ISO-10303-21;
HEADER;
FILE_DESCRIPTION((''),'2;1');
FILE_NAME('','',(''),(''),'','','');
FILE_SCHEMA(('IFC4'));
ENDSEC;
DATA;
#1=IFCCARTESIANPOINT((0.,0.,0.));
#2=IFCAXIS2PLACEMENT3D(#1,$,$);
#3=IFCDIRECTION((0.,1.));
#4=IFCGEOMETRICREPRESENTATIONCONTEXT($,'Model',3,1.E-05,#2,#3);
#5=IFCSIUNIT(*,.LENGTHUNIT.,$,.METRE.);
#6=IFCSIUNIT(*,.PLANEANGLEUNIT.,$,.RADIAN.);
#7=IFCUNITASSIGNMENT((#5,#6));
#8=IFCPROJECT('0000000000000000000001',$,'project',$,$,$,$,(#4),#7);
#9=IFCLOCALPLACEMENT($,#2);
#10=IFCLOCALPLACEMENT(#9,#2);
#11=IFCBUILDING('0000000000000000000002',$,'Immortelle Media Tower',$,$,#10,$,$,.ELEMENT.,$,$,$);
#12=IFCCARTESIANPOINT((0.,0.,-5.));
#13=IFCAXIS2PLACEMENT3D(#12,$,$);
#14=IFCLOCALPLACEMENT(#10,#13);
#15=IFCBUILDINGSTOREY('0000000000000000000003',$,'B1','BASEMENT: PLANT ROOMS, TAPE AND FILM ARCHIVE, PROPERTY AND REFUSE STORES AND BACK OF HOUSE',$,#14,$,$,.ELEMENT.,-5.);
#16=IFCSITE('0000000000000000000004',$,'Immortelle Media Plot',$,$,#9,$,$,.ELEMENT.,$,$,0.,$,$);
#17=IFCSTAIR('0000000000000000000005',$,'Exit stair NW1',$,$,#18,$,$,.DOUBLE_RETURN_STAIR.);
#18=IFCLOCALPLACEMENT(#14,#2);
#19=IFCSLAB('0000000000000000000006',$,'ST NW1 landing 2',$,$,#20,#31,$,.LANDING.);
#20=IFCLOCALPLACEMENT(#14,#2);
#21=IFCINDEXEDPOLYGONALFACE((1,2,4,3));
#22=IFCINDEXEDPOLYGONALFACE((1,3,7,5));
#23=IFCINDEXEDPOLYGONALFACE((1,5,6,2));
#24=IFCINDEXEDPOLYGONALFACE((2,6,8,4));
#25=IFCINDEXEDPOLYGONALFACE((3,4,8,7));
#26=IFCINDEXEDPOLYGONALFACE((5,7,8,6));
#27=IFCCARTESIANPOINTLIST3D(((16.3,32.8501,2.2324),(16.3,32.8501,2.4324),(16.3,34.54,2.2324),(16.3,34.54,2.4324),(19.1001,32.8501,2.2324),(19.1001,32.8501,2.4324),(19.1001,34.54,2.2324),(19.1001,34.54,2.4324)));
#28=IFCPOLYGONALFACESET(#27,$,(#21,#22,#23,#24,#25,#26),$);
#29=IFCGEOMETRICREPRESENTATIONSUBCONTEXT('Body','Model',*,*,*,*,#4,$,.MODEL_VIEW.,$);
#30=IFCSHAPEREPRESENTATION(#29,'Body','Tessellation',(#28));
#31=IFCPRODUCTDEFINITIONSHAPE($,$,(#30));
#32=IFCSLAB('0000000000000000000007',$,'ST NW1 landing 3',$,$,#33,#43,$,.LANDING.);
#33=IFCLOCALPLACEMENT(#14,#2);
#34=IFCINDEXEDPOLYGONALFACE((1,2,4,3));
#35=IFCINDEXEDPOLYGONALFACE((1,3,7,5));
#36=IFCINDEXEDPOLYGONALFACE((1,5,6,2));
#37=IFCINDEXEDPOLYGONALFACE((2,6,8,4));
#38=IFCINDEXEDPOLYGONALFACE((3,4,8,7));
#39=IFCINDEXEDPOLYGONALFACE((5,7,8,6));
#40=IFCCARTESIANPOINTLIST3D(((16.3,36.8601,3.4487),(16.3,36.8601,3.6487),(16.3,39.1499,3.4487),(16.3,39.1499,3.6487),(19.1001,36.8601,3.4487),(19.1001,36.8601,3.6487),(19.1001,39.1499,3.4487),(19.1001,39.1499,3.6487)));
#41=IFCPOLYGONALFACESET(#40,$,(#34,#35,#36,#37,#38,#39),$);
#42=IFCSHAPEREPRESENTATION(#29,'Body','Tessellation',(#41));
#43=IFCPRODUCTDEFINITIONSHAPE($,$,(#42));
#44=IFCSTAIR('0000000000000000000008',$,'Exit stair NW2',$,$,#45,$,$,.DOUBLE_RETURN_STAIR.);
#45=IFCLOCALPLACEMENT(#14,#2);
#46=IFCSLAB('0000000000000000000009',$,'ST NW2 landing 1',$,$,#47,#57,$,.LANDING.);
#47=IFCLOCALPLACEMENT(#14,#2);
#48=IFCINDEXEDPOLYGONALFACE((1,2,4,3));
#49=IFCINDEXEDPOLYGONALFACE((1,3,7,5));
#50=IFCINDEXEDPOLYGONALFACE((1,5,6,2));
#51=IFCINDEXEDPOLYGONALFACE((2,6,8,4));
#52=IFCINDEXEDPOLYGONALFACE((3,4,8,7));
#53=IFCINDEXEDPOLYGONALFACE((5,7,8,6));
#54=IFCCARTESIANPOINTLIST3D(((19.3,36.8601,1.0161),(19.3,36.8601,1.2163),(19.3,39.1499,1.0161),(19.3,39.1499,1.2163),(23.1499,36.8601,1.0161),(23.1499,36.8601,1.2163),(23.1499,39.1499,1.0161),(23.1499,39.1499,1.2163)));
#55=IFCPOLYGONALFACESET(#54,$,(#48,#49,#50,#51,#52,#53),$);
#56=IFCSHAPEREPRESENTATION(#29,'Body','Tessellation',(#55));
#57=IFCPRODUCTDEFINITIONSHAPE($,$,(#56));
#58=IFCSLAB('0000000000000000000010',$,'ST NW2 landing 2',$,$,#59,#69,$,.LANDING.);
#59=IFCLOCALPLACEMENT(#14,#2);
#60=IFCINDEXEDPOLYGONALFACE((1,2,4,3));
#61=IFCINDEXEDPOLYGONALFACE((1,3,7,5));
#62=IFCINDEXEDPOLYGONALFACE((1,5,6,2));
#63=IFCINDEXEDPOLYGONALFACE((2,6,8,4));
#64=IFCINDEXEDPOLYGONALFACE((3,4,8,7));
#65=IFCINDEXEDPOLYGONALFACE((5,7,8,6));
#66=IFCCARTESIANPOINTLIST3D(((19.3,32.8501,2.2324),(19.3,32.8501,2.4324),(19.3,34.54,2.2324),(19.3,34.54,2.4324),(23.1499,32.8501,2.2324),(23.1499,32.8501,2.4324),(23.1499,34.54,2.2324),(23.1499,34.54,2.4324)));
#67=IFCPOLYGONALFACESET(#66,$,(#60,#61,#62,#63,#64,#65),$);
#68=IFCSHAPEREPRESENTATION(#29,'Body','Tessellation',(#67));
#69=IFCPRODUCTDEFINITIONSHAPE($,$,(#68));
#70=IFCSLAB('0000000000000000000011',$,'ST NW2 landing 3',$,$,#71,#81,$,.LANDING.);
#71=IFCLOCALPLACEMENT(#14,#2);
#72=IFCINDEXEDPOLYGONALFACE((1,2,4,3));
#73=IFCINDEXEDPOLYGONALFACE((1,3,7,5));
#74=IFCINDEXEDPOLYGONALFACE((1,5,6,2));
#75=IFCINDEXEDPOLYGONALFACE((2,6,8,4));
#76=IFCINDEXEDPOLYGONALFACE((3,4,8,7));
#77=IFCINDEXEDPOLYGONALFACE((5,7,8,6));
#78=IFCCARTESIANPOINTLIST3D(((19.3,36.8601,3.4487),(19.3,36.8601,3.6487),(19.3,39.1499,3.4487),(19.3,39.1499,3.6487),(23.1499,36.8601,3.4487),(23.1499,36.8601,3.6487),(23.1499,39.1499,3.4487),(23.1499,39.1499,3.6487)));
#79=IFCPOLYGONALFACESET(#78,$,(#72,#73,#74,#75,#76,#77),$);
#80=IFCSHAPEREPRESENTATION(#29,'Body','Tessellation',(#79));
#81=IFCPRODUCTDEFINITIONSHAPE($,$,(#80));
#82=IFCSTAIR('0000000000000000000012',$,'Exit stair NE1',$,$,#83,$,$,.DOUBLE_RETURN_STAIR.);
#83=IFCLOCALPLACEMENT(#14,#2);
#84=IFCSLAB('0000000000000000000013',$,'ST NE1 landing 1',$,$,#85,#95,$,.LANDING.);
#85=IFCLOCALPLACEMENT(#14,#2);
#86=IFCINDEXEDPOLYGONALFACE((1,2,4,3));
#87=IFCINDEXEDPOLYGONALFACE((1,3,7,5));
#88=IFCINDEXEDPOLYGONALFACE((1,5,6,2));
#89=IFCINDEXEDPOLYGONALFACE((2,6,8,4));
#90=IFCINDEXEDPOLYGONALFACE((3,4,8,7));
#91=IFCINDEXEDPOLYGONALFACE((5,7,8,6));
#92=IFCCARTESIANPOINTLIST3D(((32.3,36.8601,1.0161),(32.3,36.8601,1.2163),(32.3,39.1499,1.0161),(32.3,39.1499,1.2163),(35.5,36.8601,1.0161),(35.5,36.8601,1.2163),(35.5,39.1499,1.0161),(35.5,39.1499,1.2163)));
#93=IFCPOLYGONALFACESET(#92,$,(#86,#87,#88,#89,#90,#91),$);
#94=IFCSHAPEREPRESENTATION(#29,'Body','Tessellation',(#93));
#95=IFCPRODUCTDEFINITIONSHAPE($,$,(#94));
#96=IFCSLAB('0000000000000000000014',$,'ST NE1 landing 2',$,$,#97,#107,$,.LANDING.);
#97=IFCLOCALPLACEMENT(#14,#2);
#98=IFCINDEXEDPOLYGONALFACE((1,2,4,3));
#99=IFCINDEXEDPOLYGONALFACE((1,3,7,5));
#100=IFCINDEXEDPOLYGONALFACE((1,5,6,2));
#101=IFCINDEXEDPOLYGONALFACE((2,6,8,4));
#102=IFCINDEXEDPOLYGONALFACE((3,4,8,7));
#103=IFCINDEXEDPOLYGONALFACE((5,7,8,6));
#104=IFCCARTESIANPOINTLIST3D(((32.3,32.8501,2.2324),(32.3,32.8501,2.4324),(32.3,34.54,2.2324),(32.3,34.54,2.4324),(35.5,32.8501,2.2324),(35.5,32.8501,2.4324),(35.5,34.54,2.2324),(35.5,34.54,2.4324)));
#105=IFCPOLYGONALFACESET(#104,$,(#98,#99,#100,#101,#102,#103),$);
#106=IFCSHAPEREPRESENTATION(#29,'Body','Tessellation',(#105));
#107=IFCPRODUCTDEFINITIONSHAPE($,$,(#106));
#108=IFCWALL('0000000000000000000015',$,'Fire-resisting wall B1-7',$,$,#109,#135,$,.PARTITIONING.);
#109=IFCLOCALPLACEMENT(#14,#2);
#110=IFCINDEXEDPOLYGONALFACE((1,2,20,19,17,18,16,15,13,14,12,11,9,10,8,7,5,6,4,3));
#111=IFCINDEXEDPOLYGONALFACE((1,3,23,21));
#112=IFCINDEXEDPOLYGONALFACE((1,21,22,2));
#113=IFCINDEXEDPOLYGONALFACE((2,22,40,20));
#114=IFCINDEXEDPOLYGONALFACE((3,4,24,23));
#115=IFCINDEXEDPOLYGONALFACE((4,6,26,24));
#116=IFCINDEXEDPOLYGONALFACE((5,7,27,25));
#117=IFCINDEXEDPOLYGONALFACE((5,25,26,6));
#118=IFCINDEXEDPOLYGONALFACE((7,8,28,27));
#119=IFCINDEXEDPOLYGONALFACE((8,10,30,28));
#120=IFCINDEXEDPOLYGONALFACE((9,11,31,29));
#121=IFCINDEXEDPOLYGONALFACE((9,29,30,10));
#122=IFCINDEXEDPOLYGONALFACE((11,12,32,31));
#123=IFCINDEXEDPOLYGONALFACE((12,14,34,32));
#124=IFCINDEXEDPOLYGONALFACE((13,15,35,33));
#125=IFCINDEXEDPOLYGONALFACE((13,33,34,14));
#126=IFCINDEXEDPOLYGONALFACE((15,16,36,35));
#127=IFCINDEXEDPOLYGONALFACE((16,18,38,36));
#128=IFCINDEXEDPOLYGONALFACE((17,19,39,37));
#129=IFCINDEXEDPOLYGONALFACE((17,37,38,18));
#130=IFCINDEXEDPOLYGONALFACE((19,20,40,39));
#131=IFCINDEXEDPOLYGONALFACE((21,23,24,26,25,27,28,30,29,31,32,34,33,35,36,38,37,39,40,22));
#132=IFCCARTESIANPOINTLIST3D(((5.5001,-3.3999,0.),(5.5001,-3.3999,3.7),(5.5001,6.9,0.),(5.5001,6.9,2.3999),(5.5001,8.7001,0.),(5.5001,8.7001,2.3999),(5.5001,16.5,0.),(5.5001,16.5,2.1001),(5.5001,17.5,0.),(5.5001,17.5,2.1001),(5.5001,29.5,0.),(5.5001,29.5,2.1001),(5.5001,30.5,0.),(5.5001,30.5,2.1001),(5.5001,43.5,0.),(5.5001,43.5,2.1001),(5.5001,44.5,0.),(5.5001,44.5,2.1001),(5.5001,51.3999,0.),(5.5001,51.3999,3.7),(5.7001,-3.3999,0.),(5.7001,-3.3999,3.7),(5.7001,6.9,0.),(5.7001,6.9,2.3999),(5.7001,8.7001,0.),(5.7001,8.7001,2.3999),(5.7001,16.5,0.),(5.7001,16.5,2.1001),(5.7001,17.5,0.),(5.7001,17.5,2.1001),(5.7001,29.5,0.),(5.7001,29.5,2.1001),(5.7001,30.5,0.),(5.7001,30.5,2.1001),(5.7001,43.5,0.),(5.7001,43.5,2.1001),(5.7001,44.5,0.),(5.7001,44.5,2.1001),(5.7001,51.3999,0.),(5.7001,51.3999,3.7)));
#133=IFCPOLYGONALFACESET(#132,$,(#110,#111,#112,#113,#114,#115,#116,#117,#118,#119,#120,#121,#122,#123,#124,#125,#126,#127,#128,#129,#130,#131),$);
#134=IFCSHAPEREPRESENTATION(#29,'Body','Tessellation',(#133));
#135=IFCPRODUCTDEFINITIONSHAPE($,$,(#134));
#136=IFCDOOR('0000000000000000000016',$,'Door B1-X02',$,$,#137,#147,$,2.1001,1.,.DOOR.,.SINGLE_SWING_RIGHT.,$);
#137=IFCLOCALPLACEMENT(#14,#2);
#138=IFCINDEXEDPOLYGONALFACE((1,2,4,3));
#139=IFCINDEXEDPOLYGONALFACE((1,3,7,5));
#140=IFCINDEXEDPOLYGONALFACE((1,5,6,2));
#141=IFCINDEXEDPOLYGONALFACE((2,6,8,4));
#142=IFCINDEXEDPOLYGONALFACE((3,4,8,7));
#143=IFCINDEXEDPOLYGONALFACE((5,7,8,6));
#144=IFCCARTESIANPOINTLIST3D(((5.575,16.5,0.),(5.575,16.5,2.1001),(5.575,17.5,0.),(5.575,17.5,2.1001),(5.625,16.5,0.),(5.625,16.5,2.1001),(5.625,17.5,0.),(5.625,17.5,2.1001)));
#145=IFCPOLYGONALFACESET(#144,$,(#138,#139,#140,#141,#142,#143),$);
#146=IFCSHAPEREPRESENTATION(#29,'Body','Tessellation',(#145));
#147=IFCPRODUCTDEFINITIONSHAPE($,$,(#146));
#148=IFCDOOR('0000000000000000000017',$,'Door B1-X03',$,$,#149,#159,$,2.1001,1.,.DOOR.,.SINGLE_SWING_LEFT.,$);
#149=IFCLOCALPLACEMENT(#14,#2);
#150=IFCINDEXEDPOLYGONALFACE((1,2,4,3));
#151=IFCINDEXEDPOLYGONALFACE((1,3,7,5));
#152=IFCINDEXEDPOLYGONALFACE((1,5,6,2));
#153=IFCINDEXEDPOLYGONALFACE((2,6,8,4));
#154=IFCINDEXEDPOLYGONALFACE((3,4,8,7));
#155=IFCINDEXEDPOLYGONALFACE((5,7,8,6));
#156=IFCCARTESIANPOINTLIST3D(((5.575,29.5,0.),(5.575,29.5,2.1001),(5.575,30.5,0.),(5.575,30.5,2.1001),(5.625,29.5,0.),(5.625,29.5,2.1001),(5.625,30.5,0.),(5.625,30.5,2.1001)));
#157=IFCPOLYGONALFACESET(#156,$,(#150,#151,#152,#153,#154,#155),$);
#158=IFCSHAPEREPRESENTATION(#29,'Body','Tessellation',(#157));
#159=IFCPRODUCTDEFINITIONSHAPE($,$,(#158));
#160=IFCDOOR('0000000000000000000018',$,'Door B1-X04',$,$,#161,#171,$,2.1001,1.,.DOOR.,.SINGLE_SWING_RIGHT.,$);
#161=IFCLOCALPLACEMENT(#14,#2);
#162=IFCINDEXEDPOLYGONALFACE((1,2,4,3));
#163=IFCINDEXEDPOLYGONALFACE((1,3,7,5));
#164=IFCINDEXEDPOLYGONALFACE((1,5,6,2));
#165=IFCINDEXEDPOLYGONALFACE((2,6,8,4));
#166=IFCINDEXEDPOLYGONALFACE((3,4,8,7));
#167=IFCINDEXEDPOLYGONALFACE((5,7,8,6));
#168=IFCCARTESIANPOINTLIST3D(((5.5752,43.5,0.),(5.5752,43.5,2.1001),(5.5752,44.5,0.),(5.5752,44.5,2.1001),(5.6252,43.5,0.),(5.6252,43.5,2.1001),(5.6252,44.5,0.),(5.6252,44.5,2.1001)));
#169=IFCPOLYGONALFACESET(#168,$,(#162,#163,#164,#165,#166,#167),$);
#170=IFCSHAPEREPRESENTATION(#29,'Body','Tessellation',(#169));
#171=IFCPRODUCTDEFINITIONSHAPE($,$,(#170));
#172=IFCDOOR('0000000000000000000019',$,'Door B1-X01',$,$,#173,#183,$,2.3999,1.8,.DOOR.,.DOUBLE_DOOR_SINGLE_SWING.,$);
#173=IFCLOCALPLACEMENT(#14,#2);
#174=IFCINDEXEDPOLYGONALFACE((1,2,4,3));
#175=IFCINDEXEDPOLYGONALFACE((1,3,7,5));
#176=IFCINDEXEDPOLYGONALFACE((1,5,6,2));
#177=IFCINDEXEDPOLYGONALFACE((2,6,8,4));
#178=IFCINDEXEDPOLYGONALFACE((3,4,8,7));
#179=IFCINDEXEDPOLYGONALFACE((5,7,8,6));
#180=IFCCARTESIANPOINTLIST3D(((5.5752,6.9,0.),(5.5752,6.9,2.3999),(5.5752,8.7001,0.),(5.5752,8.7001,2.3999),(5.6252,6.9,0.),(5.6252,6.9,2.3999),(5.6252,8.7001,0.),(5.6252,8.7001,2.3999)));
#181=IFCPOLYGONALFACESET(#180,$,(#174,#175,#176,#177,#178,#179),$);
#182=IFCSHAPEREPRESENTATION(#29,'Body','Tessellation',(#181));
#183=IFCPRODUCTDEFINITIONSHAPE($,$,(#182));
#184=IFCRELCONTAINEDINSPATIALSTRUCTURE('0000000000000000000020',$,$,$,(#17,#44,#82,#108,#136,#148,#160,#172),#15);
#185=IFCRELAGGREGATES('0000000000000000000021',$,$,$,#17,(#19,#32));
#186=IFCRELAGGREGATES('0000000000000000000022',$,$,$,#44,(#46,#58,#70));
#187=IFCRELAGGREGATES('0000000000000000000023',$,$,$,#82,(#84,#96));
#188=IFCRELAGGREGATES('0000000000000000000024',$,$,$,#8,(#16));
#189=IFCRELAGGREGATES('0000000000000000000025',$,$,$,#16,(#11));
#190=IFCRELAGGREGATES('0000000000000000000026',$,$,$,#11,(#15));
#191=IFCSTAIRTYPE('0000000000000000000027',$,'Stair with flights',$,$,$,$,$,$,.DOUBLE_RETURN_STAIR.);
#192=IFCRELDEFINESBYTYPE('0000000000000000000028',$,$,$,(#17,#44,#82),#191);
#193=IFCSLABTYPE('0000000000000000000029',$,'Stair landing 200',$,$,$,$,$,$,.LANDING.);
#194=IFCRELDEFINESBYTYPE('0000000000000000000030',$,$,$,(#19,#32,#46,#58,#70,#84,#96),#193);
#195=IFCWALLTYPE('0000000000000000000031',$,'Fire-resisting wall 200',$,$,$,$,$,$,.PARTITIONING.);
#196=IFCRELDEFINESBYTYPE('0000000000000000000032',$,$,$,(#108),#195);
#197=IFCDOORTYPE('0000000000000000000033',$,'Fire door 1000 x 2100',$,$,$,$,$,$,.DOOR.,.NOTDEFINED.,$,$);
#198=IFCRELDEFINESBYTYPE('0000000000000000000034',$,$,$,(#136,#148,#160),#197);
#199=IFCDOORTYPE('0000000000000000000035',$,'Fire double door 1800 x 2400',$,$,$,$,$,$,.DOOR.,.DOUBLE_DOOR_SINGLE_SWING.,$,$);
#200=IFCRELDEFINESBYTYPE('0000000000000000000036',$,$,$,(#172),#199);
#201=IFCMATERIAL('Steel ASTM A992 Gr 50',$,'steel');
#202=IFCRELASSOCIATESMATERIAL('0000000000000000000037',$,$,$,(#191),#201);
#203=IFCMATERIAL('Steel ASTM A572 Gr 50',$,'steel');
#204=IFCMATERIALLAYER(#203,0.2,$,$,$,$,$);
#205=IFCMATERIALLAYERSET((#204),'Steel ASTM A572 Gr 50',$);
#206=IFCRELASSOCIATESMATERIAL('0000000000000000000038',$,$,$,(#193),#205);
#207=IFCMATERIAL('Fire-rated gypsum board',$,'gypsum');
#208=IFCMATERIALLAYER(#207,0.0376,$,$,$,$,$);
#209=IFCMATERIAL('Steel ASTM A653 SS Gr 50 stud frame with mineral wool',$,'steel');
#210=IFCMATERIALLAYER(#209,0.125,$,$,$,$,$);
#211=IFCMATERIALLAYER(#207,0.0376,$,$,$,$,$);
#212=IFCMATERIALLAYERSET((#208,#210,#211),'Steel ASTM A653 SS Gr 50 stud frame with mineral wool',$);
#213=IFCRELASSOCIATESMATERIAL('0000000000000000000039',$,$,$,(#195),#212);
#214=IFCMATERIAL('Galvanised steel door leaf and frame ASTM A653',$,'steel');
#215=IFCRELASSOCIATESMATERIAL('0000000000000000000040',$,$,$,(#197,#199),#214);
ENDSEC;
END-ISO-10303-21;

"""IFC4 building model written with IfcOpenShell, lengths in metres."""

from ifc_helpers import new_model, si_unit, direction, frame, frame_2d, origin, place, context, subcontext, project, spatial, polyline, rectangle, outline, extrude, material, layer, layer_set, type_object, element, fill, aggregate, save


model = new_model("IFC4")

# Units and contexts
model_context = context("Model", 3, precision=1e-05, world=origin(), true_north=direction((0.0, 1.0)))
body_context = subcontext(model_context, "Body", "Model", "MODEL_VIEW")
ifc_project = project(units=[si_unit("LENGTHUNIT", "METRE"), si_unit("PLANEANGLEUNIT", "RADIAN")], contexts=[model_context])

# Site, building, storey
site_placement = place(None, origin())
site = spatial("IfcSite", under=ifc_project, at=site_placement, Name="Immortelle Media Plot", CompositionType="ELEMENT", RefElevation=0.0)
building_placement = place(site_placement, origin())
building = spatial("IfcBuilding", under=site, at=building_placement, Name="Immortelle Media Tower", CompositionType="ELEMENT")
storey_placement = place(building_placement, frame((0.0, 0.0, -5.0)))
storey = spatial("IfcBuildingStorey", under=building, at=storey_placement, Name="B1", Description="BASEMENT: PLANT ROOMS, TAPE AND FILM ARCHIVE, PROPERTY AND REFUSE STORES AND BACK OF HOUSE", CompositionType="ELEMENT", Elevation=-5.0)

# Stairs, slabs
ifc_material_1 = material(Name="Steel ASTM A992 Gr 50", Category="steel")
stair_type = type_object("IfcStairType", Name="Stair with flights", PredefinedType="DOUBLE_RETURN_STAIR", material=ifc_material_1)
ifc_material_2 = material(Name="Steel ASTM A572 Gr 50", Category="steel")
ifc_layer_1 = layer(ifc_material_2, 0.2)
ifc_layer_set_1 = layer_set([ifc_layer_1], Name="Steel ASTM A572 Gr 50")
slab_type_1 = type_object("IfcSlabType", Name="Stair landing 200", PredefinedType="LANDING", material=ifc_layer_set_1)
stair_1_placement = place(storey_placement, origin())
stair_1 = element("IfcStair", 1, at=stair_1_placement, inside=storey, type_object=stair_type, Name="Exit stair NW1", PredefinedType="DOUBLE_RETURN_STAIR")
slab_1_placement = place(storey_placement, frame((0.0, 0.0, 2.2324)))
slab_1 = element("IfcSlab", 2, at=slab_1_placement, type_object=slab_type_1, Name="ST NW1 landing 2", PredefinedType="LANDING", context=body_context, shape_type="SweptSolid", body=[
    extrude(outline(polyline([(16.3, 32.8501), (19.1001, 32.8501), (19.1001, 34.54), (16.3, 34.54), (16.3, 32.8501)])), origin(), (0.0, 0.0, 1.0), 0.2),
])
slab_2_placement = place(storey_placement, frame((0.0, 0.0, 3.4487)))
slab_2 = element("IfcSlab", 3, at=slab_2_placement, type_object=slab_type_1, Name="ST NW1 landing 3", PredefinedType="LANDING", context=body_context, shape_type="SweptSolid", body=[
    extrude(outline(polyline([(16.3, 36.8601), (19.1001, 36.8601), (19.1001, 39.1499), (16.3, 39.1499), (16.3, 36.8601)])), origin(), (0.0, 0.0, 1.0), 0.2),
])
aggregate(stair_1, [slab_1, slab_2])
stair_2_placement = place(storey_placement, origin())
stair_2 = element("IfcStair", 4, at=stair_2_placement, inside=storey, type_object=stair_type, Name="Exit stair NW2", PredefinedType="DOUBLE_RETURN_STAIR")
slab_3_placement = place(storey_placement, frame((0.0, 0.0, 1.0161)))
slab_3 = element("IfcSlab", 5, at=slab_3_placement, type_object=slab_type_1, Name="ST NW2 landing 1", PredefinedType="LANDING", context=body_context, shape_type="SweptSolid", body=[
    extrude(outline(polyline([(19.3, 36.8601), (23.1499, 36.8601), (23.1499, 39.1499), (19.3, 39.1499), (19.3, 36.8601)])), origin(), (0.0, 0.0, 1.0), 0.2002),
])
slab_4_placement = place(storey_placement, frame((0.0, 0.0, 2.2324)))
slab_4 = element("IfcSlab", 6, at=slab_4_placement, type_object=slab_type_1, Name="ST NW2 landing 2", PredefinedType="LANDING", context=body_context, shape_type="SweptSolid", body=[
    extrude(outline(polyline([(19.3, 32.8501), (23.1499, 32.8501), (23.1499, 34.54), (19.3, 34.54), (19.3, 32.8501)])), origin(), (0.0, 0.0, 1.0), 0.2),
])
slab_5_placement = place(storey_placement, frame((0.0, 0.0, 3.4487)))
slab_5 = element("IfcSlab", 7, at=slab_5_placement, type_object=slab_type_1, Name="ST NW2 landing 3", PredefinedType="LANDING", context=body_context, shape_type="SweptSolid", body=[
    extrude(outline(polyline([(19.3, 36.8601), (23.1499, 36.8601), (23.1499, 39.1499), (19.3, 39.1499), (19.3, 36.8601)])), origin(), (0.0, 0.0, 1.0), 0.2),
])
aggregate(stair_2, [slab_3, slab_4, slab_5])
stair_3_placement = place(storey_placement, origin())
stair_3 = element("IfcStair", 8, at=stair_3_placement, inside=storey, type_object=stair_type, Name="Exit stair NE1", PredefinedType="DOUBLE_RETURN_STAIR")
slab_6_placement = place(storey_placement, frame((0.0, 0.0, 1.0161)))
slab_6 = element("IfcSlab", 9, at=slab_6_placement, type_object=slab_type_1, Name="ST NE1 landing 1", PredefinedType="LANDING", context=body_context, shape_type="SweptSolid", body=[
    extrude(outline(polyline([(32.3, 36.8601), (35.5, 36.8601), (35.5, 39.1499), (32.3, 39.1499), (32.3, 36.8601)])), origin(), (0.0, 0.0, 1.0), 0.2002),
])
slab_7_placement = place(storey_placement, frame((0.0, 0.0, 2.2324)))
slab_7 = element("IfcSlab", 10, at=slab_7_placement, type_object=slab_type_1, Name="ST NE1 landing 2", PredefinedType="LANDING", context=body_context, shape_type="SweptSolid", body=[
    extrude(outline(polyline([(32.3, 32.8501), (35.5, 32.8501), (35.5, 34.54), (32.3, 34.54), (32.3, 32.8501)])), origin(), (0.0, 0.0, 1.0), 0.2),
])
aggregate(stair_3, [slab_6, slab_7])

# Wall, openings, doors
ifc_material_3 = material(Name="Fire-rated gypsum board", Category="gypsum")
ifc_layer_2 = layer(ifc_material_3, 0.0376)
ifc_material_4 = material(Name="Steel ASTM A653 SS Gr 50 stud frame with mineral wool", Category="steel")
ifc_layer_3 = layer(ifc_material_4, 0.125)
ifc_layer_4 = layer(ifc_material_3, 0.0376)
ifc_layer_set_2 = layer_set([ifc_layer_2, ifc_layer_3, ifc_layer_4], Name="Steel ASTM A653 SS Gr 50 stud frame with mineral wool")
wall_type_1 = type_object("IfcWallType", Name="Fire-resisting wall 200", PredefinedType="PARTITIONING", material=ifc_layer_set_2)
wall_1_placement = place(storey_placement, frame((5.6001, -3.3999, 0.0), z_axis=(0.0, 0.0, 1.0), x_axis=(0.0, 1.0, 0.0)))
wall_1 = element("IfcWall", 11, at=wall_1_placement, inside=storey, type_object=wall_type_1, Name="Fire-resisting wall B1-7", PredefinedType="PARTITIONING", context=body_context, shape_type="SweptSolid", body=[
    extrude(rectangle(XDim=54.7998, YDim=0.2, at=frame_2d((27.3999, 0.0))), origin(), (0.0, 0.0, 1.0), 3.7),
])
opening_1_placement = place(wall_1_placement, frame((10.3, 0.0, 0.0)))
opening_1 = element("IfcOpeningElement", 12, at=opening_1_placement, cuts=wall_1, PredefinedType="OPENING", context=body_context, shape_type="SweptSolid", body=[
    extrude(rectangle(XDim=1.8, YDim=2.3999, at=frame_2d((0.8999, 1.2))), frame((0.0, 0.1099, 0.0), z_axis=(0.0, -1.0, 0.0), x_axis=(1.0, 0.0, 0.0)), (0.0, 0.0, 1.0), 0.22),
])
opening_2_placement = place(wall_1_placement, frame((20.8999, 0.0, 0.0), z_axis=(0.0, 0.0, 1.0), x_axis=(-1.0, 0.0, 0.0)))
opening_2 = element("IfcOpeningElement", 13, at=opening_2_placement, cuts=wall_1, PredefinedType="OPENING", context=body_context, shape_type="SweptSolid", body=[
    extrude(rectangle(XDim=1.0, YDim=2.1001, at=frame_2d((0.5, 1.05))), frame((0.0, 0.1099, 0.0), z_axis=(0.0, -1.0, 0.0), x_axis=(1.0, 0.0, 0.0)), (0.0, 0.0, 1.0), 0.22),
])
opening_3_placement = place(wall_1_placement, frame((33.8999, 0.0, 0.0), z_axis=(0.0, 0.0, 1.0), x_axis=(-1.0, 0.0, 0.0)))
opening_3 = element("IfcOpeningElement", 14, at=opening_3_placement, cuts=wall_1, PredefinedType="OPENING", context=body_context, shape_type="SweptSolid", body=[
    extrude(rectangle(XDim=1.0, YDim=2.1001, at=frame_2d((0.5, 1.05))), frame((0.0, 0.1099, 0.0), z_axis=(0.0, -1.0, 0.0), x_axis=(1.0, 0.0, 0.0)), (0.0, 0.0, 1.0), 0.22),
])
opening_4_placement = place(wall_1_placement, frame((46.8999, 0.0, 0.0)))
opening_4 = element("IfcOpeningElement", 15, at=opening_4_placement, cuts=wall_1, PredefinedType="OPENING", context=body_context, shape_type="SweptSolid", body=[
    extrude(rectangle(XDim=1.0, YDim=2.1001, at=frame_2d((0.5, 1.05))), frame((0.0, 0.1099, 0.0), z_axis=(0.0, -1.0, 0.0), x_axis=(1.0, 0.0, 0.0)), (0.0, 0.0, 1.0), 0.22),
])
ifc_material_5 = material(Name="Galvanised steel door leaf and frame ASTM A653", Category="steel")
door_type_1 = type_object("IfcDoorType", Name="Fire door 1000 x 2100", OperationType="NOTDEFINED", PredefinedType="DOOR", material=ifc_material_5)
door_1_placement = place(opening_2_placement, origin())
door_1 = element("IfcDoor", 16, at=door_1_placement, inside=storey, type_object=door_type_1, Name="Door B1-X02", OperationType="SINGLE_SWING_RIGHT", OverallHeight=2.1001, OverallWidth=1.0, PredefinedType="DOOR", context=body_context, shape_type="SweptSolid", body=[
    extrude(rectangle(XDim=1.0, YDim=2.1001, at=frame_2d((0.5, 1.05))), frame((0.0, 0.0249, 0.0), z_axis=(0.0, -1.0, 0.0), x_axis=(1.0, 0.0, 0.0)), (0.0, 0.0, 1.0), 0.05),
])
fill(opening_2, door_1)
door_2_placement = place(opening_3_placement, origin())
door_2 = element("IfcDoor", 17, at=door_2_placement, inside=storey, type_object=door_type_1, Name="Door B1-X03", OperationType="SINGLE_SWING_LEFT", OverallHeight=2.1001, OverallWidth=1.0, PredefinedType="DOOR", context=body_context, shape_type="SweptSolid", body=[
    extrude(rectangle(XDim=1.0, YDim=2.1001, at=frame_2d((0.5, 1.05))), frame((0.0, 0.0249, 0.0), z_axis=(0.0, -1.0, 0.0), x_axis=(1.0, 0.0, 0.0)), (0.0, 0.0, 1.0), 0.05),
])
fill(opening_3, door_2)
door_3_placement = place(opening_4_placement, origin())
door_3 = element("IfcDoor", 18, at=door_3_placement, inside=storey, type_object=door_type_1, Name="Door B1-X04", OperationType="SINGLE_SWING_RIGHT", OverallHeight=2.1001, OverallWidth=1.0, PredefinedType="DOOR", context=body_context, shape_type="SweptSolid", body=[
    extrude(rectangle(XDim=1.0, YDim=2.1001, at=frame_2d((0.5, 1.05))), frame((0.0, 0.0249, 0.0), z_axis=(0.0, -1.0, 0.0), x_axis=(1.0, 0.0, 0.0)), (0.0, 0.0, 1.0), 0.05),
])
fill(opening_4, door_3)
door_type_2 = type_object("IfcDoorType", Name="Fire double door 1800 x 2400", OperationType="DOUBLE_DOOR_SINGLE_SWING", PredefinedType="DOOR", material=ifc_material_5)
door_4_placement = place(opening_1_placement, origin())
door_4 = element("IfcDoor", 19, at=door_4_placement, inside=storey, type_object=door_type_2, Name="Door B1-X01", OperationType="DOUBLE_DOOR_SINGLE_SWING", OverallHeight=2.3999, OverallWidth=1.8, PredefinedType="DOOR", context=body_context, shape_type="SweptSolid", body=[
    extrude(rectangle(XDim=1.8, YDim=2.3999, at=frame_2d((0.8999, 1.2))), frame((0.0, 0.0249, 0.0), z_axis=(0.0, -1.0, 0.0), x_axis=(1.0, 0.0, 0.0)), (0.0, 0.0, 1.0), 0.05),
])
fill(opening_1, door_4)

save(model, "model.ifc")
